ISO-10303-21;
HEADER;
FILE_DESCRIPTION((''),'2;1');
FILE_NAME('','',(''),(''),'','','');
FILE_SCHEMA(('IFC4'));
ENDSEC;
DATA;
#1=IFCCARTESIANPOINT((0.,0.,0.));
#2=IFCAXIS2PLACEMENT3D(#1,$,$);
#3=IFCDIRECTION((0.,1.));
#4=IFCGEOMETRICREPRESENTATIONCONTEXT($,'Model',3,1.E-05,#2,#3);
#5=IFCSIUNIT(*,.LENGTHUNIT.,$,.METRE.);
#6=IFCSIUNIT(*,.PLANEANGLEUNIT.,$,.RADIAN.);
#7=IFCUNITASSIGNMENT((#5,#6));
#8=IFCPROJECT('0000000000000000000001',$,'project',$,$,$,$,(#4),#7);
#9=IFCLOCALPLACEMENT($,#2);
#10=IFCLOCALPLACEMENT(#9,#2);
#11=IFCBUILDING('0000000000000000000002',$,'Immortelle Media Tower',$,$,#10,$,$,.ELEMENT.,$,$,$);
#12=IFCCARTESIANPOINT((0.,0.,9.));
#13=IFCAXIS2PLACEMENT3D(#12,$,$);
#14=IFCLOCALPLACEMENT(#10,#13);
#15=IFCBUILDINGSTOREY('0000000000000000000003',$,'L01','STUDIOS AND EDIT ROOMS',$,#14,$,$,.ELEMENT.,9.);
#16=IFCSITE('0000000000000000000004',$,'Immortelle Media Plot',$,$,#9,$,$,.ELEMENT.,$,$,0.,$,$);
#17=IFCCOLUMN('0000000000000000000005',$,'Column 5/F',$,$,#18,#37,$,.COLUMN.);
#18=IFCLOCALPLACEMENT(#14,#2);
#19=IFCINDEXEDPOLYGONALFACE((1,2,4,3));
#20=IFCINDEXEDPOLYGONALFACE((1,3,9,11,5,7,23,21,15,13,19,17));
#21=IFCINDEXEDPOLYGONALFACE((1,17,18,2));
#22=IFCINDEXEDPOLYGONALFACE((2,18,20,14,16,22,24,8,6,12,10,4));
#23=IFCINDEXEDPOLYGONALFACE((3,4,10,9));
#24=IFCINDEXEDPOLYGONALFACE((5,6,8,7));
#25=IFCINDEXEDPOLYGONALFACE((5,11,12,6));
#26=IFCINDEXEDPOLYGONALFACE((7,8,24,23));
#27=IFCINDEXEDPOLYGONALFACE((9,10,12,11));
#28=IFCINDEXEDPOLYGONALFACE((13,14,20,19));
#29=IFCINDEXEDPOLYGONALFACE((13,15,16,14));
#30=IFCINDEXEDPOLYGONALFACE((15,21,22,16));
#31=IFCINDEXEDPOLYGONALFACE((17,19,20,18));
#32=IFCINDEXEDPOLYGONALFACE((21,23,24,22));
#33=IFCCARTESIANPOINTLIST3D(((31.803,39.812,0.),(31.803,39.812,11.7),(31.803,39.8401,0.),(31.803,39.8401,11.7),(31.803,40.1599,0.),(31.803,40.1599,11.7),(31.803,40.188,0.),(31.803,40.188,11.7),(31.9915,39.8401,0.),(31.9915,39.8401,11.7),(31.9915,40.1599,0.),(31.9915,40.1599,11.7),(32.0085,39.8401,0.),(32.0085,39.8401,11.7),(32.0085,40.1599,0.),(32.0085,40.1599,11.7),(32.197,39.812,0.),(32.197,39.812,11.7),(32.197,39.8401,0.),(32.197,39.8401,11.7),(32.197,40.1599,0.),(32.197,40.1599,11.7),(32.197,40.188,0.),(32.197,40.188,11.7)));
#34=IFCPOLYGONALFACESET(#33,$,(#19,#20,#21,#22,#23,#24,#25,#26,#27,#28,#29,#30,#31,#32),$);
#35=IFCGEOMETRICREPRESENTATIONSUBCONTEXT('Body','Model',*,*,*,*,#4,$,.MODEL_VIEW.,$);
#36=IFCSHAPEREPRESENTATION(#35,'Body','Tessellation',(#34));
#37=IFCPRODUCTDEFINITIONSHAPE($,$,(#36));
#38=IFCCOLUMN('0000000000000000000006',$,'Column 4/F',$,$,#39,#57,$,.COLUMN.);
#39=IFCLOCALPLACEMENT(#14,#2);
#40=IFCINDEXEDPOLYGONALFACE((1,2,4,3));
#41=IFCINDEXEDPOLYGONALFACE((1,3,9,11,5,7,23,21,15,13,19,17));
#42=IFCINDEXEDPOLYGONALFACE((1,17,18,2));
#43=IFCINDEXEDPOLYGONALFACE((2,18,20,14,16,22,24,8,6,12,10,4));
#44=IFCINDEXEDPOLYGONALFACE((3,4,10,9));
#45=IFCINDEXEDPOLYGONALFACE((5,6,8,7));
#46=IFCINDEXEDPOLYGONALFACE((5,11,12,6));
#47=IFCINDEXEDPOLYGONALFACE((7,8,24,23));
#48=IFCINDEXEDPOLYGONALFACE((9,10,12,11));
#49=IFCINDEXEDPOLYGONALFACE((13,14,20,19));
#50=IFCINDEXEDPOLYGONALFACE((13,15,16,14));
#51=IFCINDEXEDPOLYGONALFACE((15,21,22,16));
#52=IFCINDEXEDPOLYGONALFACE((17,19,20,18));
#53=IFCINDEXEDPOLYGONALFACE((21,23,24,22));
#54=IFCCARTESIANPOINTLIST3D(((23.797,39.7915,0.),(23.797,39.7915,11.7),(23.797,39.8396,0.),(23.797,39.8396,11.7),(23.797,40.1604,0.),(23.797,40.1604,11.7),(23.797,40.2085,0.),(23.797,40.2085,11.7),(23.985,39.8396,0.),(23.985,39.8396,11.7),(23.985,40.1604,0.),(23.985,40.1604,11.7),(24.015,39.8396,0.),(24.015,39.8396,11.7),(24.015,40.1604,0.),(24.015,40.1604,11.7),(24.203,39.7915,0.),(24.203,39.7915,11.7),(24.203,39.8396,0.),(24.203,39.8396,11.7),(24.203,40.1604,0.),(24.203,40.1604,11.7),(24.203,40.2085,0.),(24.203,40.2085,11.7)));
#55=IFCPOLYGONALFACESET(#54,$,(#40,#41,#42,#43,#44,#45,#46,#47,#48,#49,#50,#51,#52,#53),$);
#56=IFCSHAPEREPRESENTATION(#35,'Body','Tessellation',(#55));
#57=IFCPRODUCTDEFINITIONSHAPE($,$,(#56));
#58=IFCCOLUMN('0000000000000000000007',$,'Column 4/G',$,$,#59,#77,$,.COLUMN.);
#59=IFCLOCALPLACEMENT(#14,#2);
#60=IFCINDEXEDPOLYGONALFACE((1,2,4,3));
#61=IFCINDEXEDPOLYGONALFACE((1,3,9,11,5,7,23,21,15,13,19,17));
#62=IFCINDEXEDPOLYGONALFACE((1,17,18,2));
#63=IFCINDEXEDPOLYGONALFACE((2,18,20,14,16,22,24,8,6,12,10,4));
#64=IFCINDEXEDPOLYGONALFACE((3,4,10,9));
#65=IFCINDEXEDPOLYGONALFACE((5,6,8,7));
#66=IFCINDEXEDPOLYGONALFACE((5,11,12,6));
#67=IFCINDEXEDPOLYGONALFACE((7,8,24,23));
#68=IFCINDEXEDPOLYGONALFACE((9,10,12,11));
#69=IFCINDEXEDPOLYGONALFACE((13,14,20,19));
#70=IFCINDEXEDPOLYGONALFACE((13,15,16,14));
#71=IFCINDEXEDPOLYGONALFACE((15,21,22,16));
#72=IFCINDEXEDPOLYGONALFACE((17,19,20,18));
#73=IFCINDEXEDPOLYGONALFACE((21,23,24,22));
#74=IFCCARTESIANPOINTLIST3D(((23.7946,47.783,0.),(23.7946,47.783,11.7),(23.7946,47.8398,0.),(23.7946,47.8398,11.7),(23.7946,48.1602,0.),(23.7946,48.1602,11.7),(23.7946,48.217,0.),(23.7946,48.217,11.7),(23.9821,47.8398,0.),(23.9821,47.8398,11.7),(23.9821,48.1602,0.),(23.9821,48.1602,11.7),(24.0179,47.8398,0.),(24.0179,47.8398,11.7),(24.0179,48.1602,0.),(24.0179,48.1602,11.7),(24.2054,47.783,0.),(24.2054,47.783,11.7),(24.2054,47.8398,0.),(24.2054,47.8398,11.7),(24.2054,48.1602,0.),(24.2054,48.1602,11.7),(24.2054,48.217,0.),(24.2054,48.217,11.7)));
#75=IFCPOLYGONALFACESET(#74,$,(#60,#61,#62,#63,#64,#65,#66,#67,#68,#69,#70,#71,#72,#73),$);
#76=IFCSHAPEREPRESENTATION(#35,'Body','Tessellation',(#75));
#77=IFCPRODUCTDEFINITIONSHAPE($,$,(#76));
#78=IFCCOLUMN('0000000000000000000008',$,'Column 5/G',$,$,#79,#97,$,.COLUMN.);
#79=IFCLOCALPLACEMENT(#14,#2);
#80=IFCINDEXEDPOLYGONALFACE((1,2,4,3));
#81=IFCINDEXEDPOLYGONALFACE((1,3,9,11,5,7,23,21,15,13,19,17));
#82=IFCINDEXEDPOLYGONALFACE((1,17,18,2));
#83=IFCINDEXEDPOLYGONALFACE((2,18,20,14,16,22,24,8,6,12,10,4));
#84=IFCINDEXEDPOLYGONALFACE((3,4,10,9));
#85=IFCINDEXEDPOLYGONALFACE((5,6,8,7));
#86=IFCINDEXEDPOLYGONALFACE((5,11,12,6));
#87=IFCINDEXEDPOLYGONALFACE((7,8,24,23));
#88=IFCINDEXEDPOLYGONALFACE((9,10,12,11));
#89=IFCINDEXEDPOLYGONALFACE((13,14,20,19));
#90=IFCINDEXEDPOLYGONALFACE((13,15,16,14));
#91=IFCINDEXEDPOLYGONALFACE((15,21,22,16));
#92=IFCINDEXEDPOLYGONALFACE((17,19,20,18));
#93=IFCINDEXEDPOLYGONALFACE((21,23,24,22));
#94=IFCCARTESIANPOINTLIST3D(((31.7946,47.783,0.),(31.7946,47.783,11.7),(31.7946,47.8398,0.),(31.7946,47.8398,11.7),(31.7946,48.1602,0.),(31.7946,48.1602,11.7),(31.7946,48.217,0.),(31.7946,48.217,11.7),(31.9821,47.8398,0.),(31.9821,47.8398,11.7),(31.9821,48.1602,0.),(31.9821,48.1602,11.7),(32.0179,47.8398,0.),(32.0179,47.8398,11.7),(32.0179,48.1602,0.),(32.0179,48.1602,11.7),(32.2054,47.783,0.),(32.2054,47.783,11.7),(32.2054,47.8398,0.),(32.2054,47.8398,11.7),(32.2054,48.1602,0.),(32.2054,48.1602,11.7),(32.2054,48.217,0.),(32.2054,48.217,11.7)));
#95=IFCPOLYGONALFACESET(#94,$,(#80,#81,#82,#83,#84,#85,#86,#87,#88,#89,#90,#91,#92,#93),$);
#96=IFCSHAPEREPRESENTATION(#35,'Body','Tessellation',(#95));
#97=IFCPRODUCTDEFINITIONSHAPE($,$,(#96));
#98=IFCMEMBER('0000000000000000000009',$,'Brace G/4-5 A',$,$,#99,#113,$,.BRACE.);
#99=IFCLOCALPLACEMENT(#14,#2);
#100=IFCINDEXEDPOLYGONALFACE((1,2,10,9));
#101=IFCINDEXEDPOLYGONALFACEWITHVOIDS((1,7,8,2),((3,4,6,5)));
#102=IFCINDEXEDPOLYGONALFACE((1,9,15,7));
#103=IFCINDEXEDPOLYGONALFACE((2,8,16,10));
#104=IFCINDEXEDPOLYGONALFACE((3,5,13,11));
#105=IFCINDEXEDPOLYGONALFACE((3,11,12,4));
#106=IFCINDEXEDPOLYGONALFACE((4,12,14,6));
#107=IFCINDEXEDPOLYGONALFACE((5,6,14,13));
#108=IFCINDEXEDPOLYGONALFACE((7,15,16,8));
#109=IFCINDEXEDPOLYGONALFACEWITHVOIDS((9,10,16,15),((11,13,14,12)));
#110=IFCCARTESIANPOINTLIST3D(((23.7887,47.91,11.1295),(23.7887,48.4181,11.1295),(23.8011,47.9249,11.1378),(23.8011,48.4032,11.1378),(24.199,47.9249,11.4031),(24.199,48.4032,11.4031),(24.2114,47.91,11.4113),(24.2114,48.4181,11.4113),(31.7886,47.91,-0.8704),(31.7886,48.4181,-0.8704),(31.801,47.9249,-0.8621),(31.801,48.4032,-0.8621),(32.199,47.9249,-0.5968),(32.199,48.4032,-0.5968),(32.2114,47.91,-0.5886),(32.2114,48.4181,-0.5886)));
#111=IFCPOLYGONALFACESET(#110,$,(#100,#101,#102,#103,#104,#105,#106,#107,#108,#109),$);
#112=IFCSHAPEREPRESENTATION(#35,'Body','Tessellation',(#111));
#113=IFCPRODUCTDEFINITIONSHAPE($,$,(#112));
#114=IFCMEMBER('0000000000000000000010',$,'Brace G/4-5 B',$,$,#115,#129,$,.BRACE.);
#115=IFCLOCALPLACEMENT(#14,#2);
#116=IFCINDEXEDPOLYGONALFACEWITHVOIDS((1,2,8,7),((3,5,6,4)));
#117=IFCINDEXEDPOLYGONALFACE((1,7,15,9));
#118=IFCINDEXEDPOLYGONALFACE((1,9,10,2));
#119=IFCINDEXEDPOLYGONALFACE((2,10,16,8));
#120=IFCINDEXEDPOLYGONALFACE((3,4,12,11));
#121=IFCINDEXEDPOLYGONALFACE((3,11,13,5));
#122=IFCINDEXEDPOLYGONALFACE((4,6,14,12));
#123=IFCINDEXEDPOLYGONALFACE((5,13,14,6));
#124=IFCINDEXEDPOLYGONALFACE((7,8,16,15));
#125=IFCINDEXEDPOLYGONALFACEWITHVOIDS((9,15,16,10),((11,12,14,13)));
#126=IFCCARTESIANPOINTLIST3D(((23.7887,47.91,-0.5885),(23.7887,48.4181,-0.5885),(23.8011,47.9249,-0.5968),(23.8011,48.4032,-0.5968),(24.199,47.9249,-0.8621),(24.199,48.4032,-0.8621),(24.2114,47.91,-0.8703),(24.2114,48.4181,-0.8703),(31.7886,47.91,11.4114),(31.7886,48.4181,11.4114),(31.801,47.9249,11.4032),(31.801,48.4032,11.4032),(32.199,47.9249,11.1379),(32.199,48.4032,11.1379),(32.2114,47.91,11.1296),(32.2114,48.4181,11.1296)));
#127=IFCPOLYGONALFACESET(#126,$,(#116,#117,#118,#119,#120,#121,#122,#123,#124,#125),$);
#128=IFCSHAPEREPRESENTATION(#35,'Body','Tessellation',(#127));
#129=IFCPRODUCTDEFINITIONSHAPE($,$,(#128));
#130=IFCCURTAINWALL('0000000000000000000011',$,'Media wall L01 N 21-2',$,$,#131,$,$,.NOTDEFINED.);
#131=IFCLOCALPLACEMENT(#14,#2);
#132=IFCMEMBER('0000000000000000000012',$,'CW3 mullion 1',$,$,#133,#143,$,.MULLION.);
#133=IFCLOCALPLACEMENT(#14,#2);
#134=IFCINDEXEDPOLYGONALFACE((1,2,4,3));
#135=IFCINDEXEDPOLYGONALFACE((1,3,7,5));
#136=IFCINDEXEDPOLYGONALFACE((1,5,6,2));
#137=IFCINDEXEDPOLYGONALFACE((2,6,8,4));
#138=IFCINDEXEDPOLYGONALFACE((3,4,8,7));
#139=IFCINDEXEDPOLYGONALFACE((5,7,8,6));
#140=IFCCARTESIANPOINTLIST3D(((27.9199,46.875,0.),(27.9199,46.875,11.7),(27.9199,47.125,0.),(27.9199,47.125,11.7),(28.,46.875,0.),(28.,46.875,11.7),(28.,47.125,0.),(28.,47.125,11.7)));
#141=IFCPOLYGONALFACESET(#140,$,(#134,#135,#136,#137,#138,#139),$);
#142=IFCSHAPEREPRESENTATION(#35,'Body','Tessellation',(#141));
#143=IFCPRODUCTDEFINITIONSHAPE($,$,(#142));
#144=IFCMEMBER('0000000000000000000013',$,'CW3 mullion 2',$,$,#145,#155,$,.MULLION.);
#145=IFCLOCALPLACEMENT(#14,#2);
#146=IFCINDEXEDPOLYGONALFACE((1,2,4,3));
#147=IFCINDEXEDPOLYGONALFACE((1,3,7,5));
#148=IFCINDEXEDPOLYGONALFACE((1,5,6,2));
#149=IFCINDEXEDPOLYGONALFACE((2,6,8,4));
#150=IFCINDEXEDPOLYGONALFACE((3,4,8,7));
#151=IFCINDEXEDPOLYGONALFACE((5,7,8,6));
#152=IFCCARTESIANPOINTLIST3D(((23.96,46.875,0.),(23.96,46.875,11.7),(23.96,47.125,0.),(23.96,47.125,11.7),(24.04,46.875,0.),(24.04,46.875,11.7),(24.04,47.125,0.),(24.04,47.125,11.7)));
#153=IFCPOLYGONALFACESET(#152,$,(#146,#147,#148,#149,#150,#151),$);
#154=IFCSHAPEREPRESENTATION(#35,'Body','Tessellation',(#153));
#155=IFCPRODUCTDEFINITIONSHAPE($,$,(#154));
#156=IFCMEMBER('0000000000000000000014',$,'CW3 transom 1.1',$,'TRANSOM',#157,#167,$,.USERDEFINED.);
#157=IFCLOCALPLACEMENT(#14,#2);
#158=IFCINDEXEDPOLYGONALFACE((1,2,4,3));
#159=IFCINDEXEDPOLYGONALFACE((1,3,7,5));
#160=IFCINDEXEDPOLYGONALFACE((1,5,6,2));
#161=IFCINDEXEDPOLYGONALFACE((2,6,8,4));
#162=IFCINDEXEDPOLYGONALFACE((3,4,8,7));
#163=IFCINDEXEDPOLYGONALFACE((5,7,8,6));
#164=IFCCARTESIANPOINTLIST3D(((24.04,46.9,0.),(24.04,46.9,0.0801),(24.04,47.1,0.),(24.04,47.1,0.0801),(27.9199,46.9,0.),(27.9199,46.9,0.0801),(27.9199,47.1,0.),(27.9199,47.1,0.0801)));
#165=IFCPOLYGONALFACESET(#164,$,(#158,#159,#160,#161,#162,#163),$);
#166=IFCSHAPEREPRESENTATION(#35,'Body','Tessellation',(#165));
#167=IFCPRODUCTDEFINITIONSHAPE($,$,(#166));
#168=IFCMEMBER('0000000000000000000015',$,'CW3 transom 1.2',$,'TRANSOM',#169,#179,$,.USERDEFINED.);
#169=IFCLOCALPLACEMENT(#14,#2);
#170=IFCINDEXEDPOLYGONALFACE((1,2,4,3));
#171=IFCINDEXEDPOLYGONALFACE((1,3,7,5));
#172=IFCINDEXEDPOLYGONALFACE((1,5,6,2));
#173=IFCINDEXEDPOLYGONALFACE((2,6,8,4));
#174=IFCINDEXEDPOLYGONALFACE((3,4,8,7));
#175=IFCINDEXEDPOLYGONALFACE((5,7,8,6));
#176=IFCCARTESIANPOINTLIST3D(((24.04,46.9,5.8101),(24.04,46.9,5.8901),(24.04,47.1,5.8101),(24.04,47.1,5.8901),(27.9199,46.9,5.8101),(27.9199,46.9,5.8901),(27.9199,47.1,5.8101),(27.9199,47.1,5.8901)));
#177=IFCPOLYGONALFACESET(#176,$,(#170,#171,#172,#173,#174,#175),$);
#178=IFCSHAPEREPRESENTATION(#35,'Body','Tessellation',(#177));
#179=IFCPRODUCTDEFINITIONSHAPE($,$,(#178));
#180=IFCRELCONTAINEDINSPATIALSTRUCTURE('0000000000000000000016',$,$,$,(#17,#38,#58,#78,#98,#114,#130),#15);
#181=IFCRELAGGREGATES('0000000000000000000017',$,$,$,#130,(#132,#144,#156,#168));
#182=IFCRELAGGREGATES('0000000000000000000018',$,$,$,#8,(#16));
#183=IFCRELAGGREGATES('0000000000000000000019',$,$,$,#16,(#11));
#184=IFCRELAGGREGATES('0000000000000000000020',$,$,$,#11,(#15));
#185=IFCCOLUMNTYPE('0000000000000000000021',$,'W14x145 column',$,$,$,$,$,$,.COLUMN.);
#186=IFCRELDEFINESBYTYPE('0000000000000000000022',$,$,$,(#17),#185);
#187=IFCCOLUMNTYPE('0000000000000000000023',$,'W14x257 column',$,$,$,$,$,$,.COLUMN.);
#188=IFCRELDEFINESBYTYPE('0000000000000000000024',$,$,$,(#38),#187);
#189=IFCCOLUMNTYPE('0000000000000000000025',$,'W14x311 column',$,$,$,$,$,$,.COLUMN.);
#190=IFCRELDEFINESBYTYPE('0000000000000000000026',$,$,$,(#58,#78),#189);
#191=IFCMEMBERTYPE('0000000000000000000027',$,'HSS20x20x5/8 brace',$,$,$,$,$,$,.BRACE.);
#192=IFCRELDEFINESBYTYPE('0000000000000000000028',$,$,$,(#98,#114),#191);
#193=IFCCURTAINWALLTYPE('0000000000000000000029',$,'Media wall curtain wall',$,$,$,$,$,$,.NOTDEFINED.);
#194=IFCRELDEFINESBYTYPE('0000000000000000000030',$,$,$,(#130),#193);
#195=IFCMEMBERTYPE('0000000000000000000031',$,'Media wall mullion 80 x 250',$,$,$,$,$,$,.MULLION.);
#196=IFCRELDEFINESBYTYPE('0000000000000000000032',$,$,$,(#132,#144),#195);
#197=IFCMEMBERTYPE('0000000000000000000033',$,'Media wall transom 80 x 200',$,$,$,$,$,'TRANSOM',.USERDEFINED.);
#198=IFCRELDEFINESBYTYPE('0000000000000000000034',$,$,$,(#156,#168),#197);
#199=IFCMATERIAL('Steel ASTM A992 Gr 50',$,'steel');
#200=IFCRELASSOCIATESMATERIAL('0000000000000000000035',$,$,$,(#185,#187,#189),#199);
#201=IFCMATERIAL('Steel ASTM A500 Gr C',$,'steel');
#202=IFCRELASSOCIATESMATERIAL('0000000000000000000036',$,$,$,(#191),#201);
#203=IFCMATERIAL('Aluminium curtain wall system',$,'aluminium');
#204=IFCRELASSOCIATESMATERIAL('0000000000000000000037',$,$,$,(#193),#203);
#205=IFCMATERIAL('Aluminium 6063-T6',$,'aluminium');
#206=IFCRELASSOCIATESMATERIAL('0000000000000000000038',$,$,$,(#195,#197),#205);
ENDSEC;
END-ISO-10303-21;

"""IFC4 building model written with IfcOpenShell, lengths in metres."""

from ifc_helpers import new_model, si_unit, direction, frame, origin, origin_2d, place, context, subcontext, project, spatial, rectangle, hollow_rectangle, i_section, extrude, material, material_profile, profile_set, type_object, element, aggregate, save


model = new_model("IFC4")

# Units and contexts
model_context = context("Model", 3, precision=1e-05, world=origin(), true_north=direction((0.0, 1.0)))
body_context = subcontext(model_context, "Body", "Model", "MODEL_VIEW")
ifc_project = project(units=[si_unit("LENGTHUNIT", "METRE"), si_unit("PLANEANGLEUNIT", "RADIAN")], contexts=[model_context])

# Site, building, storey
site_placement = place(None, origin())
site = spatial("IfcSite", under=ifc_project, at=site_placement, Name="Immortelle Media Plot", CompositionType="ELEMENT", RefElevation=0.0)
building_placement = place(site_placement, origin())
building = spatial("IfcBuilding", under=site, at=building_placement, Name="Immortelle Media Tower", CompositionType="ELEMENT")
storey_placement = place(building_placement, frame((0.0, 0.0, 9.0)))
storey = spatial("IfcBuildingStorey", under=building, at=storey_placement, Name="L01", Description="STUDIOS AND EDIT ROOMS", CompositionType="ELEMENT", Elevation=9.0)

# Columns
ifc_material_1 = material(Name="Steel ASTM A992 Gr 50", Category="steel")
ifc_material_profile_1 = material_profile(ifc_material_1, i_section(OverallWidth=0.394, OverallDepth=0.376, WebThickness=0.0171, FlangeThickness=0.0281, at=origin_2d()), Name="W14x145")
ifc_profile_set_1 = profile_set([ifc_material_profile_1], Name="Steel ASTM A992 Gr 50")
column_type_1 = type_object("IfcColumnType", Name="W14x145 column", PredefinedType="COLUMN", material=ifc_profile_set_1)
column_1_placement = place(storey_placement, frame((32.0, 40.0, 0.0), z_axis=(0.0, 0.0, 1.0), x_axis=(1.0, 0.0, 0.0)))
element("IfcColumn", 1, at=column_1_placement, inside=storey, type_object=column_type_1, Name="Column 5/F", PredefinedType="COLUMN", context=body_context, shape_type="SweptSolid", body=[
    extrude(i_section(OverallWidth=0.394, OverallDepth=0.376, WebThickness=0.0171, FlangeThickness=0.0281, at=origin_2d()), origin(), (0.0, 0.0, 1.0), 11.7),
])
ifc_material_profile_2 = material_profile(ifc_material_1, i_section(OverallWidth=0.406, OverallDepth=0.417, WebThickness=0.03, FlangeThickness=0.0481, at=origin_2d()), Name="W14x257")
ifc_profile_set_2 = profile_set([ifc_material_profile_2], Name="Steel ASTM A992 Gr 50")
column_type_2 = type_object("IfcColumnType", Name="W14x257 column", PredefinedType="COLUMN", material=ifc_profile_set_2)
column_2_placement = place(storey_placement, frame((24.0, 40.0, 0.0), z_axis=(0.0, 0.0, 1.0), x_axis=(1.0, 0.0, 0.0)))
element("IfcColumn", 2, at=column_2_placement, inside=storey, type_object=column_type_2, Name="Column 4/F", PredefinedType="COLUMN", context=body_context, shape_type="SweptSolid", body=[
    extrude(i_section(OverallWidth=0.406, OverallDepth=0.417, WebThickness=0.03, FlangeThickness=0.0481, at=origin_2d()), origin(), (0.0, 0.0, 1.0), 11.7),
])
ifc_material_profile_3 = material_profile(ifc_material_1, i_section(OverallWidth=0.4109, OverallDepth=0.4341, WebThickness=0.0359, FlangeThickness=0.0569, at=origin_2d()), Name="W14x311")
ifc_profile_set_3 = profile_set([ifc_material_profile_3], Name="Steel ASTM A992 Gr 50")
column_type_3 = type_object("IfcColumnType", Name="W14x311 column", PredefinedType="COLUMN", material=ifc_profile_set_3)
for number, where, z_axis, x_axis, name in (
    (3, (24.0, 48.0, 0.0), (0.0, 0.0, 1.0), (1.0, 0.0, 0.0), "Column 4/G"),
    (4, (32.0, 48.0, 0.0), (0.0, 0.0, 1.0), (1.0, 0.0, 0.0), "Column 5/G"),
):
    element("IfcColumn", number, at=place(storey_placement, frame(where, z_axis=z_axis, x_axis=x_axis)), inside=storey, type_object=column_type_3, Name=name, PredefinedType="COLUMN", context=body_context, shape_type="SweptSolid", body=[
        extrude(i_section(OverallWidth=0.4109, OverallDepth=0.4341, WebThickness=0.0359, FlangeThickness=0.0569, at=origin_2d()), origin(), (0.0, 0.0, 1.0), 11.7),
    ])

# Members
ifc_material_2 = material(Name="Steel ASTM A500 Gr C", Category="steel")
ifc_material_profile_4 = material_profile(ifc_material_2, hollow_rectangle(XDim=0.5081, YDim=0.5081, WallThickness=0.0149, at=origin_2d()), Name="HSS20x20x5/8 brace")
ifc_profile_set_4 = profile_set([ifc_material_profile_4], Name="Steel ASTM A500 Gr C")
member_type_1 = type_object("IfcMemberType", Name="HSS20x20x5/8 brace", PredefinedType="BRACE", material=ifc_profile_set_4)
for number, where, z_axis, x_axis, name in (
    (5, (32.0, 48.1641, -0.7295), (-0.5547, 0.0, 0.83205), (0.0, -1.0, 0.0), "Brace G/4-5 A"),
    (6, (32.0, 48.1641, 11.2705), (-0.5547, 0.0, -0.83205), (0.0, -1.0, 0.0), "Brace G/4-5 B"),
):
    element("IfcMember", number, at=place(storey_placement, frame(where, z_axis=z_axis, x_axis=x_axis)), inside=storey, type_object=member_type_1, Name=name, PredefinedType="BRACE", context=body_context, shape_type="SweptSolid", body=[
        extrude(hollow_rectangle(XDim=0.5081, YDim=0.5081, WallThickness=0.0149, at=origin_2d()), origin(), (0.0, 0.0, 1.0), 14.4221),
    ])

# Curtain wall, members
ifc_material_3 = material(Name="Aluminium curtain wall system", Category="aluminium")
curtain_wall_type = type_object("IfcCurtainWallType", Name="Media wall curtain wall", PredefinedType="NOTDEFINED", material=ifc_material_3)
curtain_wall_placement = place(storey_placement, origin())
curtain_wall = element("IfcCurtainWall", 7, at=curtain_wall_placement, inside=storey, type_object=curtain_wall_type, Name="Media wall L01 N 21-2", PredefinedType="NOTDEFINED")
ifc_material_4 = material(Name="Aluminium 6063-T6", Category="aluminium")
ifc_material_profile_5 = material_profile(ifc_material_4, rectangle(XDim=0.25, YDim=0.0801, at=origin_2d()), Name="AL 80x250")
ifc_profile_set_5 = profile_set([ifc_material_profile_5], Name="Aluminium 6063-T6")
member_type_2 = type_object("IfcMemberType", Name="Media wall mullion 80 x 250", PredefinedType="MULLION", material=ifc_profile_set_5)
member_1_placement = place(storey_placement, frame((27.96, 47.0, 0.0), z_axis=(0.0, 0.0, 1.0), x_axis=(0.0, -1.0, 0.0)))
member_1 = element("IfcMember", 8, at=member_1_placement, type_object=member_type_2, Name="CW3 mullion 1", PredefinedType="MULLION", context=body_context, shape_type="SweptSolid", body=[
    extrude(rectangle(XDim=0.25, YDim=0.0801, at=origin_2d()), origin(), (0.0, 0.0, 1.0), 11.7),
])
member_2_placement = place(storey_placement, frame((24.0, 47.0, 0.0), z_axis=(0.0, 0.0, 1.0), x_axis=(0.0, -1.0, 0.0)))
member_2 = element("IfcMember", 9, at=member_2_placement, type_object=member_type_2, Name="CW3 mullion 2", PredefinedType="MULLION", context=body_context, shape_type="SweptSolid", body=[
    extrude(rectangle(XDim=0.25, YDim=0.0801, at=origin_2d()), origin(), (0.0, 0.0, 1.0), 11.7),
])
ifc_material_profile_6 = material_profile(ifc_material_4, rectangle(XDim=0.2, YDim=0.0801, at=origin_2d()), Name="AL 80x200")
ifc_profile_set_6 = profile_set([ifc_material_profile_6], Name="Aluminium 6063-T6")
member_type_3 = type_object("IfcMemberType", Name="Media wall transom 80 x 200", ElementType="TRANSOM", PredefinedType="USERDEFINED", material=ifc_profile_set_6)
member_3_placement = place(storey_placement, frame((27.9199, 47.0, 0.04), z_axis=(-1.0, 0.0, 0.0), x_axis=(0.0, -1.0, 0.0)))
member_3 = element("IfcMember", 10, at=member_3_placement, type_object=member_type_3, Name="CW3 transom 1.1", ObjectType="TRANSOM", PredefinedType="USERDEFINED", context=body_context, shape_type="SweptSolid", body=[
    extrude(rectangle(XDim=0.2, YDim=0.0801, at=origin_2d()), origin(), (0.0, 0.0, 1.0), 3.8799),
])
member_4_placement = place(storey_placement, frame((27.9199, 47.0, 5.8501), z_axis=(-1.0, 0.0, 0.0), x_axis=(0.0, -1.0, 0.0)))
member_4 = element("IfcMember", 11, at=member_4_placement, type_object=member_type_3, Name="CW3 transom 1.2", ObjectType="TRANSOM", PredefinedType="USERDEFINED", context=body_context, shape_type="SweptSolid", body=[
    extrude(rectangle(XDim=0.2, YDim=0.0801, at=origin_2d()), origin(), (0.0, 0.0, 1.0), 3.8799),
])

aggregate(curtain_wall, [member_1, member_2, member_3, member_4])

save(model, "model.ifc")
